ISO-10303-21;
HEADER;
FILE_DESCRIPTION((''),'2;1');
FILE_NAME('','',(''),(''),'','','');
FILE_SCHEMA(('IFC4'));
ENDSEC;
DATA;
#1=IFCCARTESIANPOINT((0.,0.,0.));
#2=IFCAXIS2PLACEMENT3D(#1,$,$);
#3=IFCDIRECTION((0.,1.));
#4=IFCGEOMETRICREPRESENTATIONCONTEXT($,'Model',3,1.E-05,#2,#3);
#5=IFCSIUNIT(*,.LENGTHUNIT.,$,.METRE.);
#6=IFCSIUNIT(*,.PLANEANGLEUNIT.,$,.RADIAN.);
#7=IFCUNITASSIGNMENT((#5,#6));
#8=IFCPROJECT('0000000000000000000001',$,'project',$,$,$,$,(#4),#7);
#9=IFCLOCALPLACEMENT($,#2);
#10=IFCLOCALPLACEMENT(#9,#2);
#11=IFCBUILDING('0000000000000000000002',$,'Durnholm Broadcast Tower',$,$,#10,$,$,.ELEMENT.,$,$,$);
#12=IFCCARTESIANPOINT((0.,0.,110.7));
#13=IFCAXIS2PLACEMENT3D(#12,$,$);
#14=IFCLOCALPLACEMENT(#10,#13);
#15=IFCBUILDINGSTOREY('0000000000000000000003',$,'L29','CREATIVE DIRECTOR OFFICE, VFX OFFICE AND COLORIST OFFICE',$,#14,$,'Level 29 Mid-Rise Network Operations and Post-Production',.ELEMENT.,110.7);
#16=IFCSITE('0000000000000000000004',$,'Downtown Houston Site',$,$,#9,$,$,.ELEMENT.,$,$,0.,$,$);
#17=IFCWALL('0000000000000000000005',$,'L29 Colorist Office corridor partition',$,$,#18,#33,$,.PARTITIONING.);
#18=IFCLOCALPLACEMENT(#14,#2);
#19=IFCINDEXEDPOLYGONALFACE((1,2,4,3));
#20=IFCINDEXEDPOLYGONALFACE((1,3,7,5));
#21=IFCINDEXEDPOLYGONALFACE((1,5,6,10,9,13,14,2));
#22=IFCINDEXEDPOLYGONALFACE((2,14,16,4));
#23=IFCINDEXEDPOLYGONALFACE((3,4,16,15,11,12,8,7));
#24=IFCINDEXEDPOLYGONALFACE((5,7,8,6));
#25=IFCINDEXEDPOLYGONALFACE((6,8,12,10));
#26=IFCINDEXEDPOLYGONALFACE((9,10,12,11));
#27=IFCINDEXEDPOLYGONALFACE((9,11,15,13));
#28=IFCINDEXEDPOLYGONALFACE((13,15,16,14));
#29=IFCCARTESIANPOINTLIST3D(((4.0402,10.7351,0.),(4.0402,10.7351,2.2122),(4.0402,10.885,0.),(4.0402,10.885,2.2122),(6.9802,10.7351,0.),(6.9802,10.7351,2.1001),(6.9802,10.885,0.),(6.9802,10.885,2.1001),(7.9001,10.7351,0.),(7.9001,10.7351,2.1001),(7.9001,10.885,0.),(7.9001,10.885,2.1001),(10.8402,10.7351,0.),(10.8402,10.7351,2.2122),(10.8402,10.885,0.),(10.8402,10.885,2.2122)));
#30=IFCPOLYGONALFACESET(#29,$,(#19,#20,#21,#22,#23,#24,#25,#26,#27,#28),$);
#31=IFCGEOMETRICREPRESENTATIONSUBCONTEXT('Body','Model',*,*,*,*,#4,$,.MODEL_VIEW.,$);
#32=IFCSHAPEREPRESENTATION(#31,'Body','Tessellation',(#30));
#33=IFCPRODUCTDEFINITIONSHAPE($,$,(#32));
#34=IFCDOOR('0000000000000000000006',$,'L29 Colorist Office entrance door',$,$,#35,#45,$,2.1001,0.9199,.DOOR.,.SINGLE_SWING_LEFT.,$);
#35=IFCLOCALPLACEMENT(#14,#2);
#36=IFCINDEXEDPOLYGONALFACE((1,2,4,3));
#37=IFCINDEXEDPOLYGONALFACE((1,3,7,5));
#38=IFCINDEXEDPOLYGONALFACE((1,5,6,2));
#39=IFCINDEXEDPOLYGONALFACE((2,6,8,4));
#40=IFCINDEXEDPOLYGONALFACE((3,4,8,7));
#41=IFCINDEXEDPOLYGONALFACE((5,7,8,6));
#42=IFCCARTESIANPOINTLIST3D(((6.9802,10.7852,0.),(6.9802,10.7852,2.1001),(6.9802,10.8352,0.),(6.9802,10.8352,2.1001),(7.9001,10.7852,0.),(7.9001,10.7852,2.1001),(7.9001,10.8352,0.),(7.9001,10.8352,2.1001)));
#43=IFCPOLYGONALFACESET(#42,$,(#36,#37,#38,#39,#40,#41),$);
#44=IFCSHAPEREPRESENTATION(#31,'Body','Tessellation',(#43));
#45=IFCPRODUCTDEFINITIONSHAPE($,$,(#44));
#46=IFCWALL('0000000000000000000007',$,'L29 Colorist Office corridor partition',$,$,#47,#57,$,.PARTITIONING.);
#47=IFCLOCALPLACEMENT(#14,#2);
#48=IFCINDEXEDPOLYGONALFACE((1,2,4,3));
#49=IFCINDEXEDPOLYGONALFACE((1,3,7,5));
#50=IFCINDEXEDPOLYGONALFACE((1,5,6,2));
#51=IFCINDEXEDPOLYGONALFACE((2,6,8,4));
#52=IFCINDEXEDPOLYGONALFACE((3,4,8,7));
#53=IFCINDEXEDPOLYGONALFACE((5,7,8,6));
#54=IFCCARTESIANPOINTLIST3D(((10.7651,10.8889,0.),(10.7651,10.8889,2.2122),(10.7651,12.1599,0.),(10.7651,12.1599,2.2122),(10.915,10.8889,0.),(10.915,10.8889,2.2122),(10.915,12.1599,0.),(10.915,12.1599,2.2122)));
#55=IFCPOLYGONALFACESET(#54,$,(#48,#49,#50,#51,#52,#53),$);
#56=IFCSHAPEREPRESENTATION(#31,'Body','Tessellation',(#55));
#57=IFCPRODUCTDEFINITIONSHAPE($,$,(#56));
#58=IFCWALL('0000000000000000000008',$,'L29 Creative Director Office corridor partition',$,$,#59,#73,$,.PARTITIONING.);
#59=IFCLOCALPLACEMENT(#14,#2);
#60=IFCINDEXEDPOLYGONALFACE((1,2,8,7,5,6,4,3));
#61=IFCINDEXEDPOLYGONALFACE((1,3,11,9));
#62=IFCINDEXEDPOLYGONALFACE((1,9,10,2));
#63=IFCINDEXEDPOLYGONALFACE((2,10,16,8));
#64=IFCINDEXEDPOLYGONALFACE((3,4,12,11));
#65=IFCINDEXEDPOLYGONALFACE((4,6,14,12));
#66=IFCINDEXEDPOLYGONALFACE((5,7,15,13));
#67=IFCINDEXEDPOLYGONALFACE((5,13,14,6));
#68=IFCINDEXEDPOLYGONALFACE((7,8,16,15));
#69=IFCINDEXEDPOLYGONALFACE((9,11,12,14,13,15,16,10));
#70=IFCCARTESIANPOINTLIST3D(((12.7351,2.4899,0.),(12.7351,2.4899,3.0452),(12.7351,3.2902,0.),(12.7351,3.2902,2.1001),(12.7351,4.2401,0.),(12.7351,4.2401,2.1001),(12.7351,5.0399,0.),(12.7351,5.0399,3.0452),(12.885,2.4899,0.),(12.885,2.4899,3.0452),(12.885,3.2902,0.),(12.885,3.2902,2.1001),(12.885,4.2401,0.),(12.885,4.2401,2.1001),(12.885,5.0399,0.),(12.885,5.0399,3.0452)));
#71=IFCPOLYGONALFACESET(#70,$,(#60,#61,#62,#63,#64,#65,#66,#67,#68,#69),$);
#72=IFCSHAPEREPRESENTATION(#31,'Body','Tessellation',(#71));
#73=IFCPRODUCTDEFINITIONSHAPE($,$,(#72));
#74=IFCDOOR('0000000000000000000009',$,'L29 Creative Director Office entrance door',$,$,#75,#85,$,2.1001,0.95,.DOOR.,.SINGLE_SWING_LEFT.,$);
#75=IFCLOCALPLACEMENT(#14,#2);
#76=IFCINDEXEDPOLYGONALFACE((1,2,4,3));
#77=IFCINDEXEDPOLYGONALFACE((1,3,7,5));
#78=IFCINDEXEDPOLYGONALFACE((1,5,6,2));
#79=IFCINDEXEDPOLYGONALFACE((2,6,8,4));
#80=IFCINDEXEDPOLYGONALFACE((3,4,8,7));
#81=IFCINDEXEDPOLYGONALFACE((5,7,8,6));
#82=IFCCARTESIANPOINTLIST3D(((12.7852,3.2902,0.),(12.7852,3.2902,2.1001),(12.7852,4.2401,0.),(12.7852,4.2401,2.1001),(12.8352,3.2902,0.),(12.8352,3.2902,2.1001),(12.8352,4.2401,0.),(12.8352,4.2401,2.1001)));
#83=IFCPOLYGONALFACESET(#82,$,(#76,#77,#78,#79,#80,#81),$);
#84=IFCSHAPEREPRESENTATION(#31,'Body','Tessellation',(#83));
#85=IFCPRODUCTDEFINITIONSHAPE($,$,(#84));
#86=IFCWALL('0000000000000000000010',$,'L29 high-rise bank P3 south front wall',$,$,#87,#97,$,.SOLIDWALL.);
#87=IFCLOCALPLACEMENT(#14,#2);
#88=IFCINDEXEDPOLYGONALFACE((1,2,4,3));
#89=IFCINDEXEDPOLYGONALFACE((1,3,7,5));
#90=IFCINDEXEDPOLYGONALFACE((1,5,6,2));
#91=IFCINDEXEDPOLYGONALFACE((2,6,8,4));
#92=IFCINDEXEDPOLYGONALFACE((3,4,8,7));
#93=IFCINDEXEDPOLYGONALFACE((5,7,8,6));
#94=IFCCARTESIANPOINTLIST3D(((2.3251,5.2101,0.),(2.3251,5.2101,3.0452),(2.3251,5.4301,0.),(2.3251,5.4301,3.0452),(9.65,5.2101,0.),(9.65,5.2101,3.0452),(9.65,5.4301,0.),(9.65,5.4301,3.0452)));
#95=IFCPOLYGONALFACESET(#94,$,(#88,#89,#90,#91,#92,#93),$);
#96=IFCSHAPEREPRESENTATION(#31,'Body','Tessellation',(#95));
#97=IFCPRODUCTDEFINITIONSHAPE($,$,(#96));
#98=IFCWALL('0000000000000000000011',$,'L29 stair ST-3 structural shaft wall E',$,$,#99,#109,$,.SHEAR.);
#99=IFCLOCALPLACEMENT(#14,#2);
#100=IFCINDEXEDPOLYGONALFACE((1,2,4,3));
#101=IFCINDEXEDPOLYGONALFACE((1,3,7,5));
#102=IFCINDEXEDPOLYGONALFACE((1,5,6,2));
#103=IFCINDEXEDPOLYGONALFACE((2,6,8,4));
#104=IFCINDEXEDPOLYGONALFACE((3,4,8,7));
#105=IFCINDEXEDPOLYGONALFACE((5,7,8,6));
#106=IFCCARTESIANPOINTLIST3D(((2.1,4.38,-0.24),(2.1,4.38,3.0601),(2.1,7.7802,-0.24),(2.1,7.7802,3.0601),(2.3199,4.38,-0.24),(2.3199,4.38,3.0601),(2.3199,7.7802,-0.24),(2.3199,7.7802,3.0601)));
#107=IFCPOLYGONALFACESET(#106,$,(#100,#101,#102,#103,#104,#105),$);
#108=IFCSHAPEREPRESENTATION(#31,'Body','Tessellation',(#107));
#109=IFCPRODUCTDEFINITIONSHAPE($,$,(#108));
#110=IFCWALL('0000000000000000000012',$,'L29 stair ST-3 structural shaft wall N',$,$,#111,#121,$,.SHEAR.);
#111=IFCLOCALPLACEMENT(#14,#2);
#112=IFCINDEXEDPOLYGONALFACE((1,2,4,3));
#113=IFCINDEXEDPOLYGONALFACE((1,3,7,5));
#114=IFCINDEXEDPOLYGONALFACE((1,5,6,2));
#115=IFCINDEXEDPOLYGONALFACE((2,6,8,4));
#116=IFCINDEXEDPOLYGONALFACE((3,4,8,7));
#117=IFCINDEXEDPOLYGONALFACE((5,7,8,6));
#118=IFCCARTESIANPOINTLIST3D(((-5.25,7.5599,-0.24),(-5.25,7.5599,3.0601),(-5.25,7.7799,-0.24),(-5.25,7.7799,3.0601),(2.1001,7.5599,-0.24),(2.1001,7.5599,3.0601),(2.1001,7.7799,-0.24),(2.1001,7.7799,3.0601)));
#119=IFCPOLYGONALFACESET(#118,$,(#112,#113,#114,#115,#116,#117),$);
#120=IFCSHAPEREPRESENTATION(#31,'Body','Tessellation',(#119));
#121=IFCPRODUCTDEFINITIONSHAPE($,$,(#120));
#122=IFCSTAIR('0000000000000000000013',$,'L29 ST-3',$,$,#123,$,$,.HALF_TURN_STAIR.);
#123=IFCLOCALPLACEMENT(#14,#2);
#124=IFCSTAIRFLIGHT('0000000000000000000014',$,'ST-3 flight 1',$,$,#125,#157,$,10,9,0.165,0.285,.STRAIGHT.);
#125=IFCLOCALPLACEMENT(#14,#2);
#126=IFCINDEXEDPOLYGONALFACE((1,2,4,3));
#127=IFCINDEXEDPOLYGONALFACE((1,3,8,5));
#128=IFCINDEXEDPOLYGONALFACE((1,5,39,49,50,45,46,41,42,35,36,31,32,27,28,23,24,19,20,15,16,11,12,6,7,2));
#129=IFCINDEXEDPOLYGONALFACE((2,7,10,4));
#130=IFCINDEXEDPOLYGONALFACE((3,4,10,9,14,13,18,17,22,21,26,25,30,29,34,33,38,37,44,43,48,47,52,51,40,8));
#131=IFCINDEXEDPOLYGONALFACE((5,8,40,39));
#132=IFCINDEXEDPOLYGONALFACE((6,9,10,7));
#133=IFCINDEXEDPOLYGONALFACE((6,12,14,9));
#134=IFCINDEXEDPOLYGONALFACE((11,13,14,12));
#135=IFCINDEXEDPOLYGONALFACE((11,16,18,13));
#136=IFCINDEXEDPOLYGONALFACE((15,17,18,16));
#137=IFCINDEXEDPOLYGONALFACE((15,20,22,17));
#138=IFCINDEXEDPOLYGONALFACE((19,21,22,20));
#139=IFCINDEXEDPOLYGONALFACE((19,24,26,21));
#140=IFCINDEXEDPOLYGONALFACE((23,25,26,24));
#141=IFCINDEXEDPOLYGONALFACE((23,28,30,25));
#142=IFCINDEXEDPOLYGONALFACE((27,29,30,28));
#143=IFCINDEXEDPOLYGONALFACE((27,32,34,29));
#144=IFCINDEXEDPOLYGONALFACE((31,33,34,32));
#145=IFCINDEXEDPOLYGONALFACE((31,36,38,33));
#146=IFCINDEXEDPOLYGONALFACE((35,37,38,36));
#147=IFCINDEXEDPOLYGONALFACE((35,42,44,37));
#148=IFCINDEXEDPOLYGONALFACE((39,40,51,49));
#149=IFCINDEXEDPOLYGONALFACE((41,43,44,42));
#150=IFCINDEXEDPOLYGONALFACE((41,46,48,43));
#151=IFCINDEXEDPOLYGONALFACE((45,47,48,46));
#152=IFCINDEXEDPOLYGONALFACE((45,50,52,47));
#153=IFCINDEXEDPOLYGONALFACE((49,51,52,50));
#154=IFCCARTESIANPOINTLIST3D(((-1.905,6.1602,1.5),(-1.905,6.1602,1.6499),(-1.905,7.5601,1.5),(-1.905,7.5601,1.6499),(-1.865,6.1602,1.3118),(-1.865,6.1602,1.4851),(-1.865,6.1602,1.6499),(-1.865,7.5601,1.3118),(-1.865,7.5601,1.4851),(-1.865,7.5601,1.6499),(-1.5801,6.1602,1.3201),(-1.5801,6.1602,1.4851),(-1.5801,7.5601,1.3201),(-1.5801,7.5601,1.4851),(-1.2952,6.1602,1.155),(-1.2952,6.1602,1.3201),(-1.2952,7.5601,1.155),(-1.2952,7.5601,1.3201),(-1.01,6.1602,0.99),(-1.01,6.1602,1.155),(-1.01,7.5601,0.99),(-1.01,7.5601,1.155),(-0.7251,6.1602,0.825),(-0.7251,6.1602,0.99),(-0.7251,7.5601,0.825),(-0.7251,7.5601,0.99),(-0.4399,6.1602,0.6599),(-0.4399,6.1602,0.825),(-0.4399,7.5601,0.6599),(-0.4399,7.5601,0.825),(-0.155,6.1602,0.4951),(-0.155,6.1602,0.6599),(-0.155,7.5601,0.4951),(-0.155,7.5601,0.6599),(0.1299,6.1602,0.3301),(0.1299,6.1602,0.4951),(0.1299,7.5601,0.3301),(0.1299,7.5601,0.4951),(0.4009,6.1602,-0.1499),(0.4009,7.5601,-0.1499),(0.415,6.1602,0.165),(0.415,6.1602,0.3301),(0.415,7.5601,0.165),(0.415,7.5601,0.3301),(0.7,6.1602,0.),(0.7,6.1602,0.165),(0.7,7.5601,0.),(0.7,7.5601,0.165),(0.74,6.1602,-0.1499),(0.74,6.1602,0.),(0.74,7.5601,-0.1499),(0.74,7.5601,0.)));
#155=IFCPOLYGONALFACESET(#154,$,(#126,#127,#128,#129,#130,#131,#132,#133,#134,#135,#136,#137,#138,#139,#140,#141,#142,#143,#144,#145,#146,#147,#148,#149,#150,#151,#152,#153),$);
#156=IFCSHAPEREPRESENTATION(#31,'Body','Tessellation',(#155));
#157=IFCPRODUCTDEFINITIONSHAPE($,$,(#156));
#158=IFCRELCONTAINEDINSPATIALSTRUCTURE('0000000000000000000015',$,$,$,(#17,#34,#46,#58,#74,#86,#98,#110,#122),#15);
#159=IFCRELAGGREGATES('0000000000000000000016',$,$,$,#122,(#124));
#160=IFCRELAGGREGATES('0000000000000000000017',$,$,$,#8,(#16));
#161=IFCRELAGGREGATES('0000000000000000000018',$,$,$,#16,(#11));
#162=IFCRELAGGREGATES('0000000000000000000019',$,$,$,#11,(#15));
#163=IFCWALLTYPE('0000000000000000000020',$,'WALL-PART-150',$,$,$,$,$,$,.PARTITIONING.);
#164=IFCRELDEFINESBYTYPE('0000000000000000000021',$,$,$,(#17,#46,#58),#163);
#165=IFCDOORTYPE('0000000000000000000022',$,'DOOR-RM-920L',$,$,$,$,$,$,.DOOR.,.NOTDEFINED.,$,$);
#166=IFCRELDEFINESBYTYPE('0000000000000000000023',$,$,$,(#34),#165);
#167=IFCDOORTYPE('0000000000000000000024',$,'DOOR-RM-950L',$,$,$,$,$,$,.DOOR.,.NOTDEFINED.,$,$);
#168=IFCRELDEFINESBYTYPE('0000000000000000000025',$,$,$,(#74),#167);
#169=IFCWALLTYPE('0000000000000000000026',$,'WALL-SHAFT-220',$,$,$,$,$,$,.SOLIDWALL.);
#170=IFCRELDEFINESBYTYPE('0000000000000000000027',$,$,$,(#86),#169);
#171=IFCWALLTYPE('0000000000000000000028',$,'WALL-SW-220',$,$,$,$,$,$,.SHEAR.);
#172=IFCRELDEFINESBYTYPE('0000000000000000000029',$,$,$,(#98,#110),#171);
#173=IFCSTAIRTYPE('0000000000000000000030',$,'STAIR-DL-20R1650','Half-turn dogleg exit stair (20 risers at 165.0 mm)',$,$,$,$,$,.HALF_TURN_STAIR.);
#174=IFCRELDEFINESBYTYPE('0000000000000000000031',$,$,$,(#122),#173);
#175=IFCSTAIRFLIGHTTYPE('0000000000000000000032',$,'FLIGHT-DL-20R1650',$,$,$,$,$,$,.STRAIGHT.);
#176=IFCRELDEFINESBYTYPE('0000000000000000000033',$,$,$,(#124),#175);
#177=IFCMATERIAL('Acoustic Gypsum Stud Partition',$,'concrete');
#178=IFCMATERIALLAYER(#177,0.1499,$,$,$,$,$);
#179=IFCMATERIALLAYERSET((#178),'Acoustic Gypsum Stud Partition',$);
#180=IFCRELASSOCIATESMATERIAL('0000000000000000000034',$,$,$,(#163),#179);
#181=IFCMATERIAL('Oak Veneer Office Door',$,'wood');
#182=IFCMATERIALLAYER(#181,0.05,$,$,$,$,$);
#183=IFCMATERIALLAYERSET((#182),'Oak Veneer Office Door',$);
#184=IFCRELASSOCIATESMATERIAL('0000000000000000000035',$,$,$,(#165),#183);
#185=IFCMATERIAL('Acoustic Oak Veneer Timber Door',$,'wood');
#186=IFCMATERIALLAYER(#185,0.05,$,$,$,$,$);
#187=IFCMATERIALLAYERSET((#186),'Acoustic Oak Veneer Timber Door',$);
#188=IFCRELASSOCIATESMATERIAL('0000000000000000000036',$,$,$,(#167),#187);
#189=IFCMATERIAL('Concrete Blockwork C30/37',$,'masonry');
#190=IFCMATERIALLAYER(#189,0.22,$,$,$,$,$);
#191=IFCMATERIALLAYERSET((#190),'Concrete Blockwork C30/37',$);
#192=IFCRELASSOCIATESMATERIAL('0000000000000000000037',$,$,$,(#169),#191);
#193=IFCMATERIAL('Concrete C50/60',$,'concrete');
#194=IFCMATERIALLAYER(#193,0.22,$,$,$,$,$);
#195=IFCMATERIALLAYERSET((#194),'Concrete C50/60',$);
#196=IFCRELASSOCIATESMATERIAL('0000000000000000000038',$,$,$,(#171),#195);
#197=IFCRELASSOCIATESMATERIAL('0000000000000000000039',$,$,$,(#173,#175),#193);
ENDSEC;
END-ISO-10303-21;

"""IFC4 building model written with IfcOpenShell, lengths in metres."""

from ifc_helpers import new_model, si_unit, direction, frame, frame_2d, origin, place, context, subcontext, project, spatial, polyline, rectangle, outline, extrude, source, transform, mapped, material, layer, layer_set, type_object, type_shapes, element, fill, aggregate, save


model = new_model("IFC4")

# Units and contexts
model_context = context("Model", 3, precision=1e-05, world=origin(), true_north=direction((0.0, 1.0)))
body_context = subcontext(model_context, "Body", "Model", "MODEL_VIEW")
ifc_project = project(units=[si_unit("LENGTHUNIT", "METRE"), si_unit("PLANEANGLEUNIT", "RADIAN")], contexts=[model_context])

# Site, building, storey
site_placement = place(None, origin())
site = spatial("IfcSite", under=ifc_project, at=site_placement, Name="Downtown Houston Site", CompositionType="ELEMENT", RefElevation=0.0)
building_placement = place(site_placement, origin())
building = spatial("IfcBuilding", under=site, at=building_placement, Name="Durnholm Broadcast Tower", CompositionType="ELEMENT")
storey_placement = place(building_placement, frame((0.0, 0.0, 110.7)))
storey = spatial("IfcBuildingStorey", under=building, at=storey_placement, Name="L29", Description="CREATIVE DIRECTOR OFFICE, VFX OFFICE AND COLORIST OFFICE", LongName="Level 29 Mid-Rise Network Operations and Post-Production", CompositionType="ELEMENT", Elevation=110.7)

# Wall, opening, door
ifc_material_1 = material(Name="Acoustic Gypsum Stud Partition", Category="concrete")
ifc_layer_1 = layer(ifc_material_1, 0.1499)
ifc_layer_set_1 = layer_set([ifc_layer_1], Name="Acoustic Gypsum Stud Partition")
wall_type_1 = type_object("IfcWallType", Name="WALL-PART-150", PredefinedType="PARTITIONING", material=ifc_layer_set_1)
ifc_material_2 = material(Name="Oak Veneer Office Door", Category="wood")
wall_1_placement = place(storey_placement, frame((10.8401, 10.8101, 0.0), z_axis=(0.0, 0.0, 1.0), x_axis=(-1.0, 0.0, 0.0)))
wall_1 = element("IfcWall", 1, at=wall_1_placement, inside=storey, type_object=wall_type_1, Name="L29 Colorist Office corridor partition", PredefinedType="PARTITIONING", context=body_context, shape_type="SweptSolid", body=[
    extrude(rectangle(XDim=6.8, YDim=0.1499, at=frame_2d((3.3999, 0.0))), origin(), (0.0, 0.0, 1.0), 2.2122),
])
opening_1_placement = place(wall_1_placement, frame((2.9399, 0.0, 0.0)))
opening_1 = element("IfcOpeningElement", 2, at=opening_1_placement, cuts=wall_1, PredefinedType="OPENING", context=body_context, shape_type="SweptSolid", body=[
    extrude(rectangle(XDim=0.9199, YDim=2.1001, at=frame_2d((0.46, 1.05))), frame((0.0, 0.085, 0.0), z_axis=(0.0, -1.0, 0.0), x_axis=(1.0, 0.0, 0.0)), (0.0, 0.0, 1.0), 0.1699),
])
ifc_layer_2 = layer(ifc_material_2, 0.05)
ifc_layer_set_2 = layer_set([ifc_layer_2], Name="Oak Veneer Office Door")
door_type_1 = type_object("IfcDoorType", Name="DOOR-RM-920L", OperationType="NOTDEFINED", PredefinedType="DOOR", material=ifc_layer_set_2)
shared_shape_1 = source(origin(), body_context, "Body", "SweptSolid", [
    extrude(rectangle(XDim=0.9199, YDim=2.1001, at=frame_2d((0.46, 1.05))), frame((0.0, 0.0249, 0.0), z_axis=(0.0, -1.0, 0.0), x_axis=(1.0, 0.0, 0.0)), (0.0, 0.0, 1.0), 0.05),
])
type_shapes(door_type_1, [shared_shape_1])
door_1_placement = place(opening_1_placement, origin())
door_1 = element("IfcDoor", 3, at=door_1_placement, inside=storey, type_object=door_type_1, Name="L29 Colorist Office entrance door", OperationType="SINGLE_SWING_LEFT", OverallHeight=2.1001, OverallWidth=0.9199, PredefinedType="DOOR", context=body_context, shape_type="MappedRepresentation", body=[
    mapped(shared_shape_1, transform((0.0, 0.0, 0.0), x_axis=(1.0, 0.0, 0.0), y_axis=(0.0, 1.0, 0.0), z_axis=(0.0, 0.0, 1.0), scale=1.0)),
])
fill(opening_1, door_1)

# Wall
wall_2_placement = place(storey_placement, frame((10.8401, 12.1599, 0.0), z_axis=(0.0, 0.0, 1.0), x_axis=(0.0, -1.0, 0.0)))
element("IfcWall", 4, at=wall_2_placement, inside=storey, type_object=wall_type_1, Name="L29 Colorist Office corridor partition", PredefinedType="PARTITIONING", context=body_context, shape_type="SweptSolid", body=[
    extrude(rectangle(XDim=1.271, YDim=0.1499, at=frame_2d((0.6355, 0.0))), origin(), (0.0, 0.0, 1.0), 2.2122),
])

# Wall, opening, door
wall_3_placement = place(storey_placement, frame((12.8101, 2.49, 0.0), z_axis=(0.0, 0.0, 1.0), x_axis=(0.0, 1.0, 0.0)))
wall_3 = element("IfcWall", 5, at=wall_3_placement, inside=storey, type_object=wall_type_1, Name="L29 Creative Director Office corridor partition", PredefinedType="PARTITIONING", context=body_context, shape_type="SweptSolid", body=[
    extrude(rectangle(XDim=2.55, YDim=0.1499, at=frame_2d((1.2749, 0.0))), origin(), (0.0, 0.0, 1.0), 3.0452),
])
opening_2_placement = place(wall_3_placement, frame((0.8, 0.0, 0.0)))
opening_2 = element("IfcOpeningElement", 6, at=opening_2_placement, cuts=wall_3, PredefinedType="OPENING", context=body_context, shape_type="SweptSolid", body=[
    extrude(rectangle(XDim=0.95, YDim=2.1001, at=frame_2d((0.4751, 1.05))), frame((0.0, 0.085, 0.0), z_axis=(0.0, -1.0, 0.0), x_axis=(1.0, 0.0, 0.0)), (0.0, 0.0, 1.0), 0.1699),
])
ifc_material_3 = material(Name="Acoustic Oak Veneer Timber Door", Category="wood")
ifc_layer_3 = layer(ifc_material_3, 0.05)
ifc_layer_set_3 = layer_set([ifc_layer_3], Name="Acoustic Oak Veneer Timber Door")
door_type_2 = type_object("IfcDoorType", Name="DOOR-RM-950L", OperationType="NOTDEFINED", PredefinedType="DOOR", material=ifc_layer_set_3)
shared_shape_2 = source(origin(), body_context, "Body", "SweptSolid", [
    extrude(rectangle(XDim=0.95, YDim=2.1001, at=frame_2d((0.4751, 1.05))), frame((0.0, 0.0249, 0.0), z_axis=(0.0, -1.0, 0.0), x_axis=(1.0, 0.0, 0.0)), (0.0, 0.0, 1.0), 0.05),
])
type_shapes(door_type_2, [shared_shape_2])
door_2_placement = place(opening_2_placement, origin())
door_2 = element("IfcDoor", 7, at=door_2_placement, inside=storey, type_object=door_type_2, Name="L29 Creative Director Office entrance door", OperationType="SINGLE_SWING_LEFT", OverallHeight=2.1001, OverallWidth=0.95, PredefinedType="DOOR", context=body_context, shape_type="MappedRepresentation", body=[
    mapped(shared_shape_2, transform((0.0, 0.0, 0.0), x_axis=(1.0, 0.0, 0.0), y_axis=(0.0, 1.0, 0.0), z_axis=(0.0, 0.0, 1.0), scale=1.0)),
])
fill(opening_2, door_2)

# Shared definitions
ifc_material_4 = material(Name="Concrete Blockwork C30/37", Category="masonry")
ifc_layer_4 = layer(ifc_material_4, 0.22)
ifc_layer_set_4 = layer_set([ifc_layer_4], Name="Concrete Blockwork C30/37")
wall_type_2 = type_object("IfcWallType", Name="WALL-SHAFT-220", PredefinedType="SOLIDWALL", material=ifc_layer_set_4)

# Walls
wall_4_placement = place(storey_placement, frame((2.325, 5.3201, 0.0), z_axis=(0.0, 0.0, 1.0), x_axis=(1.0, 0.0, 0.0)))
element("IfcWall", 8, at=wall_4_placement, inside=storey, type_object=wall_type_2, Name="L29 high-rise bank P3 south front wall", PredefinedType="SOLIDWALL", context=body_context, shape_type="SweptSolid", body=[
    extrude(rectangle(XDim=7.325, YDim=0.22, at=frame_2d((3.6626, 0.0))), origin(), (0.0, 0.0, 1.0), 3.0452),
])
ifc_material_5 = material(Name="Concrete C50/60", Category="concrete")
ifc_layer_5 = layer(ifc_material_5, 0.22)
ifc_layer_set_5 = layer_set([ifc_layer_5], Name="Concrete C50/60")
wall_type_3 = type_object("IfcWallType", Name="WALL-SW-220", PredefinedType="SHEAR", material=ifc_layer_set_5)
wall_5_placement = place(storey_placement, frame((2.21, 4.3799, -0.24), z_axis=(0.0, 0.0, 1.0), x_axis=(0.0, 1.0, 0.0)))
element("IfcWall", 9, at=wall_5_placement, inside=storey, type_object=wall_type_3, Name="L29 stair ST-3 structural shaft wall E", PredefinedType="SHEAR", context=body_context, shape_type="SweptSolid", body=[
    extrude(rectangle(XDim=3.4001, YDim=0.22, at=frame_2d((1.7002, 0.0))), origin(), (0.0, 0.0, 1.0), 3.3),
])
wall_6_placement = place(storey_placement, frame((2.1001, 7.6699, -0.24), z_axis=(0.0, 0.0, 1.0), x_axis=(-1.0, 0.0, 0.0)))
element("IfcWall", 10, at=wall_6_placement, inside=storey, type_object=wall_type_3, Name="L29 stair ST-3 structural shaft wall N", PredefinedType="SHEAR", context=body_context, shape_type="SweptSolid", body=[
    extrude(rectangle(XDim=7.3501, YDim=0.22, at=frame_2d((3.675, 0.0))), origin(), (0.0, 0.0, 1.0), 3.3),
])

# Stair, stair flight
stair_type = type_object("IfcStairType", Name="STAIR-DL-20R1650", Description="Half-turn dogleg exit stair (20 risers at 165.0 mm)", PredefinedType="HALF_TURN_STAIR", material=ifc_material_5)
stair_placement = place(storey_placement, origin())
stair = element("IfcStair", 11, at=stair_placement, inside=storey, type_object=stair_type, Name="L29 ST-3", PredefinedType="HALF_TURN_STAIR")
stair_flight_type = type_object("IfcStairFlightType", Name="FLIGHT-DL-20R1650", PredefinedType="STRAIGHT", material=ifc_material_5)
stair_flight_placement = place(storey_placement, frame((0.7, 6.8601, 0.0), z_axis=(0.0, 0.0, 1.0), x_axis=(-1.0, 0.0, 0.0)))
stair_flight = element("IfcStairFlight", 12, at=stair_flight_placement, type_object=stair_flight_type, Name="ST-3 flight 1", NumberOfRisers=10, NumberOfTreads=9, PredefinedType="STRAIGHT", RiserHeight=0.165, TreadLength=0.285, context=body_context, shape_type="SweptSolid", body=[
    extrude(outline(polyline([(-0.04, -0.1499), (-0.04, 0.0), (0.0, 0.0), (0.0, 0.165), (0.2849, 0.165), (0.2849, 0.3301), (0.5701, 0.3301), (0.5701, 0.4951), (0.855, 0.4951), (0.855, 0.6599), (1.1399, 0.6599), (1.1399, 0.825), (1.425, 0.825), (1.425, 0.99), (1.71, 0.99), (1.71, 1.155), (1.9951, 1.155), (1.9951, 1.3201), (2.28, 1.3201), (2.28, 1.4851), (2.5649, 1.4851), (2.5649, 1.6499), (2.605, 1.6499), (2.605, 1.5), (2.5649, 1.3118), (0.2991, -0.1499), (-0.04, -0.1499)])), frame((0.0, 0.7, 0.0), z_axis=(0.0, -1.0, 0.0), x_axis=(1.0, 0.0, 0.0)), (0.0, 0.0, 1.0), 1.3999),
])
aggregate(stair, [stair_flight])

save(model, "model.ifc")
